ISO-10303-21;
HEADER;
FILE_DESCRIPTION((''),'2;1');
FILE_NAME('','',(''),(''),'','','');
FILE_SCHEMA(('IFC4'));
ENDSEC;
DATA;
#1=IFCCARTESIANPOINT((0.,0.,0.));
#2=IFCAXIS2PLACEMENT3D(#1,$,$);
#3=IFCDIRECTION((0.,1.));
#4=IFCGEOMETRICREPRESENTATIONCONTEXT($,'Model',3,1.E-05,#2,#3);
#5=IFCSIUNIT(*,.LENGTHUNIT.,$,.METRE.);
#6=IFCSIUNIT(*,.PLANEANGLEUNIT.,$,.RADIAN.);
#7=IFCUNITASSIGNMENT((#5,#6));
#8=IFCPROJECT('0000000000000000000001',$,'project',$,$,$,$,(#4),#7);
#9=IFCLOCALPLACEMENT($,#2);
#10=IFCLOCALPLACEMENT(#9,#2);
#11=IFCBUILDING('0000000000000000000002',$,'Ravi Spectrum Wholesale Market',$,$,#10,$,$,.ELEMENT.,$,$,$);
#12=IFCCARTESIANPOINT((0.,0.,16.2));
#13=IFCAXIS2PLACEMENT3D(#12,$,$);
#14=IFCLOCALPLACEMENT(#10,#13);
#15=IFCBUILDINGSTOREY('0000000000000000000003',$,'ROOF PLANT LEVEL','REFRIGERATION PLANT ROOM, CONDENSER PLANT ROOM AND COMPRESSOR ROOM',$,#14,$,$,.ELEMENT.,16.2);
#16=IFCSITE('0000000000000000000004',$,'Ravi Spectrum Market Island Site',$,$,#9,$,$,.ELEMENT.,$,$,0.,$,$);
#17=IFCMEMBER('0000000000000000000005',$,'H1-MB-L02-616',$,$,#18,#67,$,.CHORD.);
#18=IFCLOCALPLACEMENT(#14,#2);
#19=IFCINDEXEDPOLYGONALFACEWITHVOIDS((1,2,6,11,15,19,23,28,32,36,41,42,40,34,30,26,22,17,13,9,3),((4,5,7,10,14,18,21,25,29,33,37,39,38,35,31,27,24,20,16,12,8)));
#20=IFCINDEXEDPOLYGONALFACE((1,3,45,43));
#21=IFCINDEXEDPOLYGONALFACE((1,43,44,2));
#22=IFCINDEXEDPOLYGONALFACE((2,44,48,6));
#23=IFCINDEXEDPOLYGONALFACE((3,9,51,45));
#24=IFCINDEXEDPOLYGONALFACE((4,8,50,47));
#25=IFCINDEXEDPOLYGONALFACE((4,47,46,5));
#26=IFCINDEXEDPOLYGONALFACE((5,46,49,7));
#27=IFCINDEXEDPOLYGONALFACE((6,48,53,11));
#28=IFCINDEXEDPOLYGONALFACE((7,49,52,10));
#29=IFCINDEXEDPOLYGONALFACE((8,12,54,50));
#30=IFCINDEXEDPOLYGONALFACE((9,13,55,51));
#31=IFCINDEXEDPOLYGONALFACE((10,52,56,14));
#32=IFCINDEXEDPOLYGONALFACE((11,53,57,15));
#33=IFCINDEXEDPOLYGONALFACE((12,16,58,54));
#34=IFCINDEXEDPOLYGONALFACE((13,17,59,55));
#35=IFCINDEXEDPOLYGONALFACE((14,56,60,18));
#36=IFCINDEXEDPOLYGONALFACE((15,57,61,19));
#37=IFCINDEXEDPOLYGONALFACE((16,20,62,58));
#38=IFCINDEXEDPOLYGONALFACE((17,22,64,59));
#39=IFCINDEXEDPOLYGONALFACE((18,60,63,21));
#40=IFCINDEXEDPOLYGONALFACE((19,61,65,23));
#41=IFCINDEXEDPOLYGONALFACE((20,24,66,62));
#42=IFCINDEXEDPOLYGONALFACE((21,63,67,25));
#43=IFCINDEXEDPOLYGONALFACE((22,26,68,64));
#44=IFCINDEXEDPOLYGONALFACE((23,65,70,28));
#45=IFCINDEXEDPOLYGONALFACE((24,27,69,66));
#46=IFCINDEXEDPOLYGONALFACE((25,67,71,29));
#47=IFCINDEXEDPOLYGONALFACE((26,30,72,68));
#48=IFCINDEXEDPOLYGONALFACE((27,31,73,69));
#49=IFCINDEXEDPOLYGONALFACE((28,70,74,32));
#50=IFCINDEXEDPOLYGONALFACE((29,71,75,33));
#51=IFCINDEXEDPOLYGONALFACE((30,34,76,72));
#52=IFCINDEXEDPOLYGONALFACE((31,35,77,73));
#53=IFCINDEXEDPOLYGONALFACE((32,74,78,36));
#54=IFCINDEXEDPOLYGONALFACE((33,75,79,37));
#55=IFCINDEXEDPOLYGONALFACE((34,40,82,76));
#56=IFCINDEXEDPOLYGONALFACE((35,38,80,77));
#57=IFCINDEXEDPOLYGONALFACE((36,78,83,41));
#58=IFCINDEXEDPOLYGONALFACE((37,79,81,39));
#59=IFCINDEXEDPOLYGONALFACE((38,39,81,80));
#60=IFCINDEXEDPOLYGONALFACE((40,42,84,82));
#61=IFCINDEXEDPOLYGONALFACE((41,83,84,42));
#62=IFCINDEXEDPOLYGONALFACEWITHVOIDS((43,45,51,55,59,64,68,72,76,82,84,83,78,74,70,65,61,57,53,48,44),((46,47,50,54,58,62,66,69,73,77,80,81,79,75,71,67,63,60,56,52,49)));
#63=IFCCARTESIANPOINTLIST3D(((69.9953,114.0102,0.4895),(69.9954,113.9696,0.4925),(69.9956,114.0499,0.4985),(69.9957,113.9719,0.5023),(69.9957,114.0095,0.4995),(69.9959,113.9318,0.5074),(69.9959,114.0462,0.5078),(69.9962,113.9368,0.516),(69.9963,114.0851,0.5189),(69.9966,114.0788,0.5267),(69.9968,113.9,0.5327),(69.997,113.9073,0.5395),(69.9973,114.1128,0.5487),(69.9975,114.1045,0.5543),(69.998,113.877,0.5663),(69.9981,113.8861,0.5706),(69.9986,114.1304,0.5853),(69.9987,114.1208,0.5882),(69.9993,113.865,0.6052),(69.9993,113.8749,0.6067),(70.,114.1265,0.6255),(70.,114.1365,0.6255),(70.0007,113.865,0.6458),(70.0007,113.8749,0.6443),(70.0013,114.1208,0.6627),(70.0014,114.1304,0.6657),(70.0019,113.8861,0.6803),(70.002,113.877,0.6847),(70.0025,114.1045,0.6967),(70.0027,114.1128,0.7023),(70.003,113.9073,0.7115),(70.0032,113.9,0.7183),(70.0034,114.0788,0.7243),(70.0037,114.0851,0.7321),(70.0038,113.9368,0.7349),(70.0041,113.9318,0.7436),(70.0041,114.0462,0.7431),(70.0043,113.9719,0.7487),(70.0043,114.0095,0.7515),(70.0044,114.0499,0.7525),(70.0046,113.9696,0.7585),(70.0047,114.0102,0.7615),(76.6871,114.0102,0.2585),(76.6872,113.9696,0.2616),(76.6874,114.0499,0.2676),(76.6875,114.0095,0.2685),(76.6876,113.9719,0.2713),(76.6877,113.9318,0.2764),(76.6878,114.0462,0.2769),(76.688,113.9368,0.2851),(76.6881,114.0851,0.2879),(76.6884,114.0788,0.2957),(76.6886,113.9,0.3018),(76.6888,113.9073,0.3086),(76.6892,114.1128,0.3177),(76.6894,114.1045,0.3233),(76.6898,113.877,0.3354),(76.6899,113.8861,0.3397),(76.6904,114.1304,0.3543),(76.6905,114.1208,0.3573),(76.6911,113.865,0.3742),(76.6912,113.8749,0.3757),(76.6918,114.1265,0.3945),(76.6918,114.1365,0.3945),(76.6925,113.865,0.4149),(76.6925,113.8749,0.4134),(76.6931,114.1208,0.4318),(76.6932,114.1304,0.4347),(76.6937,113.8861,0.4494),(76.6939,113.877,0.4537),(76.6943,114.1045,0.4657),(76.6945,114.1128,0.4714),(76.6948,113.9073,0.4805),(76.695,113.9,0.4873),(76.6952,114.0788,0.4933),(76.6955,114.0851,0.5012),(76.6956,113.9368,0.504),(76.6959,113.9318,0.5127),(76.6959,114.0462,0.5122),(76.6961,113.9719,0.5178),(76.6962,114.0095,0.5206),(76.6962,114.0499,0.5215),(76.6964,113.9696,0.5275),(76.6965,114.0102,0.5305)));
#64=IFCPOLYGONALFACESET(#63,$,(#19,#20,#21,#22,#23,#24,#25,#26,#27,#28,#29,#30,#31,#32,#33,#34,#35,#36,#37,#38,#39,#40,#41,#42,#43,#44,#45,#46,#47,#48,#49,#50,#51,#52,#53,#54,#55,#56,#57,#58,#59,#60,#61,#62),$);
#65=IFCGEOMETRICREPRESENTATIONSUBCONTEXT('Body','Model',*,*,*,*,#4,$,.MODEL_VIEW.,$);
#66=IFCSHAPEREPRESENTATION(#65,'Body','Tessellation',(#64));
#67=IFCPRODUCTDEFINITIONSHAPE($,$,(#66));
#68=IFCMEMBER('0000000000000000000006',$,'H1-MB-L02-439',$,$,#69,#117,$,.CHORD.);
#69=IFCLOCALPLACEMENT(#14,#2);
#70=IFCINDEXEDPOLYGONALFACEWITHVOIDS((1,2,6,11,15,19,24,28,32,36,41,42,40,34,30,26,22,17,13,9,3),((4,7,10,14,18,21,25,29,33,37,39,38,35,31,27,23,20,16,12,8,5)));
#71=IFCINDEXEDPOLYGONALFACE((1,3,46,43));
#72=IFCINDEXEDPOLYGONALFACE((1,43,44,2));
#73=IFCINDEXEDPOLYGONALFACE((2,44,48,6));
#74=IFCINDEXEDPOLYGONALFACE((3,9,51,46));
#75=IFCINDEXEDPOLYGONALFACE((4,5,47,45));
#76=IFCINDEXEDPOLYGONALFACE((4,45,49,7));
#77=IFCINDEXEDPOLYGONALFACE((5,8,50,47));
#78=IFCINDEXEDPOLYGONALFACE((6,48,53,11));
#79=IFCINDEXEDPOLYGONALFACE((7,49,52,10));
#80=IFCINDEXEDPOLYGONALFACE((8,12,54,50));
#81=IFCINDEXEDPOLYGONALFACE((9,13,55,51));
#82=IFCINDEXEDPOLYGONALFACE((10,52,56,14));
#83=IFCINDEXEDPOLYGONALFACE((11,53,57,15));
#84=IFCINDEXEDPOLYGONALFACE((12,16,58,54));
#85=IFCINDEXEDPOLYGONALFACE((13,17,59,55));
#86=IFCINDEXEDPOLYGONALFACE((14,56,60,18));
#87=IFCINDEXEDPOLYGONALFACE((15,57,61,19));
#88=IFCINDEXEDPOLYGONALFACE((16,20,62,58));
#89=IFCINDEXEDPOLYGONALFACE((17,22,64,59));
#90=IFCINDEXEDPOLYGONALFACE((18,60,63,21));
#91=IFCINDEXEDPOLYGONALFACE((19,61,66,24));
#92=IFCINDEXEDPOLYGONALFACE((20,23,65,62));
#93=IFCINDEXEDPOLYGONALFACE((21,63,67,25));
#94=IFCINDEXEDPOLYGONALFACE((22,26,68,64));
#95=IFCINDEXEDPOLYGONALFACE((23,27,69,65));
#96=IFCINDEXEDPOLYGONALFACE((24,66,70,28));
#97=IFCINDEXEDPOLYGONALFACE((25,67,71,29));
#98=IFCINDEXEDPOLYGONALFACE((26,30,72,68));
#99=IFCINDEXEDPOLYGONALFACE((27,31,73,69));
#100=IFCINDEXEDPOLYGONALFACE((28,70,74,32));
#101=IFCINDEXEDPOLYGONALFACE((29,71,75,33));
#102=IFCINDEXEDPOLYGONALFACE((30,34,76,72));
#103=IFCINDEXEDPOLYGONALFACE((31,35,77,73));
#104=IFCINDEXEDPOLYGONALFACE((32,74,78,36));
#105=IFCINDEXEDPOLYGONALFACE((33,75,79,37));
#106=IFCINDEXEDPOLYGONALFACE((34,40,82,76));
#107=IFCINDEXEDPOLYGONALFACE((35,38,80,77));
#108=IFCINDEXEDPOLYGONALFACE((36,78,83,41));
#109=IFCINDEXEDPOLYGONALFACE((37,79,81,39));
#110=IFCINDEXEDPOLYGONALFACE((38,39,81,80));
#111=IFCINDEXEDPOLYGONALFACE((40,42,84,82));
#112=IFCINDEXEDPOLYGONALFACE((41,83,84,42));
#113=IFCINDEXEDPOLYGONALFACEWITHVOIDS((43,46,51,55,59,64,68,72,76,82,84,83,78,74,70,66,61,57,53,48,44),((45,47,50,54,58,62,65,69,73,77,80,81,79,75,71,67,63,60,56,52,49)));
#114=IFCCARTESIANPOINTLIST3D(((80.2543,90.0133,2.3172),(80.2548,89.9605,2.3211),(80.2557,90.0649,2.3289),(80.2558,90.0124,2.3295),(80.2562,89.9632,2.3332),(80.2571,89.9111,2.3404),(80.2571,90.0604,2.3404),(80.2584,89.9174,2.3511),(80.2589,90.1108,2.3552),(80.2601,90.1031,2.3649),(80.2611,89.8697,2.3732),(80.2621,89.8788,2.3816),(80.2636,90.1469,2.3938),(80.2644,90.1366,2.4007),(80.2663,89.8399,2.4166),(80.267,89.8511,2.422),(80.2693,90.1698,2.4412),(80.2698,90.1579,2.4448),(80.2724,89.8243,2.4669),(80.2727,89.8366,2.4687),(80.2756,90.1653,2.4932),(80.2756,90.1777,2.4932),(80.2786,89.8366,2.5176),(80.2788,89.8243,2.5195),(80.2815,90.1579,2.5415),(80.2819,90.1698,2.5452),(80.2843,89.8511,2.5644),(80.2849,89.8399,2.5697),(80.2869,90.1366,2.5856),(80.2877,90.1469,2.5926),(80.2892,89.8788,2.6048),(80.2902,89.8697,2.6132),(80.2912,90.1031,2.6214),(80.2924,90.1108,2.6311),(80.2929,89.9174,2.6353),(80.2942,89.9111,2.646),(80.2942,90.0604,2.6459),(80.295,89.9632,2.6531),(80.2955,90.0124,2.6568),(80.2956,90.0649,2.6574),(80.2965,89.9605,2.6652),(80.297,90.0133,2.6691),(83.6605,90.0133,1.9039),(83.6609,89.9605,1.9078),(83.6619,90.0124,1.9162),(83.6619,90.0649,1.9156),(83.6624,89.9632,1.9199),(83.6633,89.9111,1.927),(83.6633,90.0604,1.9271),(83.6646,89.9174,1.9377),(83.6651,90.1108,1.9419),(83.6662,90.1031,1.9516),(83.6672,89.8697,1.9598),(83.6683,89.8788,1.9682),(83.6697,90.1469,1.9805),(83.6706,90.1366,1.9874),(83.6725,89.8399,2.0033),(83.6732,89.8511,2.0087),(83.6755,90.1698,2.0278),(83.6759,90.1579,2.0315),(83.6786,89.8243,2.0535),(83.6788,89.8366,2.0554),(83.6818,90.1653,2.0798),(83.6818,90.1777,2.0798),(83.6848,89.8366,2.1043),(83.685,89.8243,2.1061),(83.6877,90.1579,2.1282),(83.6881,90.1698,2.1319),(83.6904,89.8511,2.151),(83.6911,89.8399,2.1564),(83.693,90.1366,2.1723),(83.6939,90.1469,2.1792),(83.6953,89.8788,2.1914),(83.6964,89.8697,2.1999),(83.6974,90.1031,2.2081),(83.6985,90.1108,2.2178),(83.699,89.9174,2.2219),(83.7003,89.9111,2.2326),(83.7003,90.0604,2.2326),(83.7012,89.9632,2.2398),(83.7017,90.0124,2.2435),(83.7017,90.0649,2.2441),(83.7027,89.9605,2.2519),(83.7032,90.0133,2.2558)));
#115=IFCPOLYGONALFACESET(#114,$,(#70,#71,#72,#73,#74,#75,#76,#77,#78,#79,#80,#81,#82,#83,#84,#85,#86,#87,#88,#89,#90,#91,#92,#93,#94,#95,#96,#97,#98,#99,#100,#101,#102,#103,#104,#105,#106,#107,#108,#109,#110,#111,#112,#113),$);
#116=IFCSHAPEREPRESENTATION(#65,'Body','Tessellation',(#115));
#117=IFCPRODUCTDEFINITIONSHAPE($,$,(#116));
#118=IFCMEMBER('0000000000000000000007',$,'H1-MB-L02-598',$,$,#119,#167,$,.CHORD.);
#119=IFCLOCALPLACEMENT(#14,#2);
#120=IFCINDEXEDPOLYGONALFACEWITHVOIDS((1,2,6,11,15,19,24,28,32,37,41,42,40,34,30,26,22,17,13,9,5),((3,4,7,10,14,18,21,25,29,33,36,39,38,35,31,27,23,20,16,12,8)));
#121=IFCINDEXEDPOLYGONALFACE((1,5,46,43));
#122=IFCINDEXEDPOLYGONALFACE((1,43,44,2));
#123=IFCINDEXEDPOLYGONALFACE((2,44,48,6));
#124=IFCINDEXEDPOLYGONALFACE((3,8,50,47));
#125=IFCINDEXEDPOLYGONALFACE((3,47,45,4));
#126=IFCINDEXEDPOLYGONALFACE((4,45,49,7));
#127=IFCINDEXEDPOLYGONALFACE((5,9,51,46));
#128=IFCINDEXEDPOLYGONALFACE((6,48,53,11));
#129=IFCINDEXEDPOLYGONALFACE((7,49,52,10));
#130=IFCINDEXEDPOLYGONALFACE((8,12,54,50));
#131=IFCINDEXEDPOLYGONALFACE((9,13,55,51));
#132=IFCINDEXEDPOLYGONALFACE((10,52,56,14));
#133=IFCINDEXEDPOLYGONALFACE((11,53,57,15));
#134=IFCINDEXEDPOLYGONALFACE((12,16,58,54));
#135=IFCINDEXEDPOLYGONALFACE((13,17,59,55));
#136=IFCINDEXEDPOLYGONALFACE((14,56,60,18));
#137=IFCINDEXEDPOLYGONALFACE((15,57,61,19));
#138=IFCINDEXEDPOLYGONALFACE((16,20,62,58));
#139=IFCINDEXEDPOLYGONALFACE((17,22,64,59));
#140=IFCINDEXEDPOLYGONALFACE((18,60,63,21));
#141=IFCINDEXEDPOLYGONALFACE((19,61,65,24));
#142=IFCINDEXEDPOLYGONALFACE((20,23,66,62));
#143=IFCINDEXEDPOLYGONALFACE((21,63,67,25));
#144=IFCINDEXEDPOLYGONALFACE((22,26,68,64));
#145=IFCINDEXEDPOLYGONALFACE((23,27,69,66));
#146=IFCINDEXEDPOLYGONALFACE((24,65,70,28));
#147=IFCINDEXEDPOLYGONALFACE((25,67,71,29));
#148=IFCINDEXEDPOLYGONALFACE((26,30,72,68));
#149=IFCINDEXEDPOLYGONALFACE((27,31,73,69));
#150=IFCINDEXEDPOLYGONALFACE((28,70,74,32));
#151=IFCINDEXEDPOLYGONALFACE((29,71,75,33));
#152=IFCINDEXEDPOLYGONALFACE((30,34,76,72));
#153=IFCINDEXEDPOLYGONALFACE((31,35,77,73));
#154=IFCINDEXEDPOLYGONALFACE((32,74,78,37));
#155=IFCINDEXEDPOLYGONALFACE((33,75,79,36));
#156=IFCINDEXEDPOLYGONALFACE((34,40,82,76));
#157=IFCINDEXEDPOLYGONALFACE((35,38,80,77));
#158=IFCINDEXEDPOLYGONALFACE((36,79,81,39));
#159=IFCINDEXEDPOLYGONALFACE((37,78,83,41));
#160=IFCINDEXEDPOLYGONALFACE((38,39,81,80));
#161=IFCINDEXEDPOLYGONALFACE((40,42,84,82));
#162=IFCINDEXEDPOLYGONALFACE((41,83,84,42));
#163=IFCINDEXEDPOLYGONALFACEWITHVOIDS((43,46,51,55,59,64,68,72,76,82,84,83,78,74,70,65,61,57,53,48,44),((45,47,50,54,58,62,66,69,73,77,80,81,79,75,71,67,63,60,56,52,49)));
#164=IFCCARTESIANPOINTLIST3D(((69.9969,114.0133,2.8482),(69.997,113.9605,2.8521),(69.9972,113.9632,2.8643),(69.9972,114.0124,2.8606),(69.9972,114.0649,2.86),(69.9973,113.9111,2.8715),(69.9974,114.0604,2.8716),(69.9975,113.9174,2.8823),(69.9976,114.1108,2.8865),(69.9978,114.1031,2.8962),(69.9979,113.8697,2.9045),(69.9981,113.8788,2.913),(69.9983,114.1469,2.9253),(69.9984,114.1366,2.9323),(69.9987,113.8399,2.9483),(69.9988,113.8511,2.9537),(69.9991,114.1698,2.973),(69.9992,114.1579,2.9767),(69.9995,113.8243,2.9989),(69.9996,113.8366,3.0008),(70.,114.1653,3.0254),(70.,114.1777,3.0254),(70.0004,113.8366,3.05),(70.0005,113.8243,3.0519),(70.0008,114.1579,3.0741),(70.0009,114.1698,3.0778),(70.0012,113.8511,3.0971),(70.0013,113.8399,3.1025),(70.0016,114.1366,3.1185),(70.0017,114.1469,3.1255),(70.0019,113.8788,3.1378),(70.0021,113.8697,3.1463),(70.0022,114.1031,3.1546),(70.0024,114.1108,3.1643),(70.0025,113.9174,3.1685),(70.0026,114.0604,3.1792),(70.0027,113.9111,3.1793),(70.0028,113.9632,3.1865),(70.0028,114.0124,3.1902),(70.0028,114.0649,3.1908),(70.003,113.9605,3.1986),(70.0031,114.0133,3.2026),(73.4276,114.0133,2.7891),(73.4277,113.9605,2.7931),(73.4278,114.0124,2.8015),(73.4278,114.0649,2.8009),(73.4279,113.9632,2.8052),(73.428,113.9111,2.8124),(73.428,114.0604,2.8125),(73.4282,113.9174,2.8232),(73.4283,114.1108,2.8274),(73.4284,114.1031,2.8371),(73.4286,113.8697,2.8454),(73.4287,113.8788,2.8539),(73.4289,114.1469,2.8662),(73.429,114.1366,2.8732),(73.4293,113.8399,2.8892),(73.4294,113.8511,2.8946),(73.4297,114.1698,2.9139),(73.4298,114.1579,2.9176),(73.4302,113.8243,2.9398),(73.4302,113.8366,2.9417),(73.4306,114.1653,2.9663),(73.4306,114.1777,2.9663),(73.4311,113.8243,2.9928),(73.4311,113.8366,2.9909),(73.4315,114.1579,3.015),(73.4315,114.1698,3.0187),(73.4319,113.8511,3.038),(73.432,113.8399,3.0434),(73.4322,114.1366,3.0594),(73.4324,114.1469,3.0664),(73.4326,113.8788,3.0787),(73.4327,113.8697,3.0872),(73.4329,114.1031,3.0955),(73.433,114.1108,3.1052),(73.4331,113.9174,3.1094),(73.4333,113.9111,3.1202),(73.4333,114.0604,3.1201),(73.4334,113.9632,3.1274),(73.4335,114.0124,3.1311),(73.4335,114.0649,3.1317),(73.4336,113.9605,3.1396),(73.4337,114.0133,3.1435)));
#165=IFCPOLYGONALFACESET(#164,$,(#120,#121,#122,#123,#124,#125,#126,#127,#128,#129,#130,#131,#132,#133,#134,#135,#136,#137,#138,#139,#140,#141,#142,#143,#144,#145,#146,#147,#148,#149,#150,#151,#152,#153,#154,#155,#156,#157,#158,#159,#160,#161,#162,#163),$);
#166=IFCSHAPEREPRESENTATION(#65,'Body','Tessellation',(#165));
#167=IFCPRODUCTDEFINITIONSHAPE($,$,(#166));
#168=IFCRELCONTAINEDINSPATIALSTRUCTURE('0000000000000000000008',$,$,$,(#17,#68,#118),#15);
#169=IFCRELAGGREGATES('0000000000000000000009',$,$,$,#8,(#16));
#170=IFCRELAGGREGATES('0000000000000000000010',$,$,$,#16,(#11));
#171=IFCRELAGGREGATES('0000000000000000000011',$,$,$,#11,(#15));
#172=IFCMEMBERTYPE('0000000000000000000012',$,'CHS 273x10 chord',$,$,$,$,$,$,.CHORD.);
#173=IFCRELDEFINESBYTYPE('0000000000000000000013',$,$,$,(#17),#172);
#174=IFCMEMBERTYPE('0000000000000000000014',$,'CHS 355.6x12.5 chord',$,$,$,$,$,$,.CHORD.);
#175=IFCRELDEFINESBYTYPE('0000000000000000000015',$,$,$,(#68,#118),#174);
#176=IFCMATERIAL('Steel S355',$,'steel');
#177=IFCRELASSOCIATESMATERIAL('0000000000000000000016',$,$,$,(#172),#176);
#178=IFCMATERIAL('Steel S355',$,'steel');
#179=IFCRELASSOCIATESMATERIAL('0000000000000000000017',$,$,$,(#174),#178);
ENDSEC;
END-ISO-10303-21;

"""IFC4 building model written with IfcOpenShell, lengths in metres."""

from ifc_helpers import new_model, si_unit, direction, frame, origin, origin_2d, place, context, subcontext, project, spatial, hollow_circle, extrude, material, material_profile, profile_set, type_object, element, save


model = new_model("IFC4")

# Units and contexts
model_context = context("Model", 3, precision=1e-05, world=origin(), true_north=direction((0.0, 1.0)))
body_context = subcontext(model_context, "Body", "Model", "MODEL_VIEW")
ifc_project = project(units=[si_unit("LENGTHUNIT", "METRE"), si_unit("PLANEANGLEUNIT", "RADIAN")], contexts=[model_context])

# Site, building, storey
site_placement = place(None, origin())
site = spatial("IfcSite", under=ifc_project, at=site_placement, Name="Ravi Spectrum Market Island Site", CompositionType="ELEMENT", RefElevation=0.0)
building_placement = place(site_placement, origin())
building = spatial("IfcBuilding", under=site, at=building_placement, Name="Ravi Spectrum Wholesale Market", CompositionType="ELEMENT")
storey_placement = place(building_placement, frame((0.0, 0.0, 16.2)))
storey = spatial("IfcBuildingStorey", under=building, at=storey_placement, Name="ROOF PLANT LEVEL", Description="REFRIGERATION PLANT ROOM, CONDENSER PLANT ROOM AND COMPRESSOR ROOM", CompositionType="ELEMENT", Elevation=16.2)

# Members
ifc_material_1 = material(Name="Steel S355", Category="steel")
ifc_material_profile_1 = material_profile(ifc_material_1, hollow_circle(Radius=0.1365, WallThickness=0.01, at=origin_2d()))
ifc_profile_set_1 = profile_set([ifc_material_profile_1], Name="Steel S355")
member_type_1 = type_object("IfcMemberType", Name="CHS 273x10 chord", PredefinedType="CHORD", material=ifc_profile_set_1)
member_1_placement = place(storey_placement, frame((70.0, 114.0, 0.6255), z_axis=(0.999405, 0.0, -0.034492), x_axis=(0.0, 1.0, 0.0)))
element("IfcMember", 1, at=member_1_placement, inside=storey, type_object=member_type_1, Name="H1-MB-L02-616", PredefinedType="CHORD", context=body_context, shape_type="SweptSolid", body=[
    extrude(hollow_circle(Radius=0.1365, WallThickness=0.01, at=origin_2d()), origin(), (0.0, 0.0, 1.0), 6.6958),
])
ifc_material_2 = material(Name="Steel S355", Category="steel")
ifc_material_profile_2 = material_profile(ifc_material_2, hollow_circle(Radius=0.1777, WallThickness=0.0125, at=origin_2d()))
ifc_profile_set_2 = profile_set([ifc_material_profile_2], Name="Steel S355")
member_type_2 = type_object("IfcMemberType", Name="CHS 355.6x12.5 chord", PredefinedType="CHORD", material=ifc_profile_set_2)
for number, where, z_axis, x_axis, name in (
    (2, (80.2756, 90.0, 2.4932), (0.992718, 0.0, -0.120461), (0.0, 1.0, 0.0), "H1-MB-L02-439"),
    (3, (70.0, 114.0, 3.0254), (0.999852, 0.0, -0.017219), (0.0, 1.0, 0.0), "H1-MB-L02-598"),
):
    element("IfcMember", number, at=place(storey_placement, frame(where, z_axis=z_axis, x_axis=x_axis)), inside=storey, type_object=member_type_2, Name=name, PredefinedType="CHORD", context=body_context, shape_type="SweptSolid", body=[
        extrude(hollow_circle(Radius=0.1777, WallThickness=0.0125, at=origin_2d()), origin(), (0.0, 0.0, 1.0), 3.4312),
    ])

save(model, "model.ifc")
